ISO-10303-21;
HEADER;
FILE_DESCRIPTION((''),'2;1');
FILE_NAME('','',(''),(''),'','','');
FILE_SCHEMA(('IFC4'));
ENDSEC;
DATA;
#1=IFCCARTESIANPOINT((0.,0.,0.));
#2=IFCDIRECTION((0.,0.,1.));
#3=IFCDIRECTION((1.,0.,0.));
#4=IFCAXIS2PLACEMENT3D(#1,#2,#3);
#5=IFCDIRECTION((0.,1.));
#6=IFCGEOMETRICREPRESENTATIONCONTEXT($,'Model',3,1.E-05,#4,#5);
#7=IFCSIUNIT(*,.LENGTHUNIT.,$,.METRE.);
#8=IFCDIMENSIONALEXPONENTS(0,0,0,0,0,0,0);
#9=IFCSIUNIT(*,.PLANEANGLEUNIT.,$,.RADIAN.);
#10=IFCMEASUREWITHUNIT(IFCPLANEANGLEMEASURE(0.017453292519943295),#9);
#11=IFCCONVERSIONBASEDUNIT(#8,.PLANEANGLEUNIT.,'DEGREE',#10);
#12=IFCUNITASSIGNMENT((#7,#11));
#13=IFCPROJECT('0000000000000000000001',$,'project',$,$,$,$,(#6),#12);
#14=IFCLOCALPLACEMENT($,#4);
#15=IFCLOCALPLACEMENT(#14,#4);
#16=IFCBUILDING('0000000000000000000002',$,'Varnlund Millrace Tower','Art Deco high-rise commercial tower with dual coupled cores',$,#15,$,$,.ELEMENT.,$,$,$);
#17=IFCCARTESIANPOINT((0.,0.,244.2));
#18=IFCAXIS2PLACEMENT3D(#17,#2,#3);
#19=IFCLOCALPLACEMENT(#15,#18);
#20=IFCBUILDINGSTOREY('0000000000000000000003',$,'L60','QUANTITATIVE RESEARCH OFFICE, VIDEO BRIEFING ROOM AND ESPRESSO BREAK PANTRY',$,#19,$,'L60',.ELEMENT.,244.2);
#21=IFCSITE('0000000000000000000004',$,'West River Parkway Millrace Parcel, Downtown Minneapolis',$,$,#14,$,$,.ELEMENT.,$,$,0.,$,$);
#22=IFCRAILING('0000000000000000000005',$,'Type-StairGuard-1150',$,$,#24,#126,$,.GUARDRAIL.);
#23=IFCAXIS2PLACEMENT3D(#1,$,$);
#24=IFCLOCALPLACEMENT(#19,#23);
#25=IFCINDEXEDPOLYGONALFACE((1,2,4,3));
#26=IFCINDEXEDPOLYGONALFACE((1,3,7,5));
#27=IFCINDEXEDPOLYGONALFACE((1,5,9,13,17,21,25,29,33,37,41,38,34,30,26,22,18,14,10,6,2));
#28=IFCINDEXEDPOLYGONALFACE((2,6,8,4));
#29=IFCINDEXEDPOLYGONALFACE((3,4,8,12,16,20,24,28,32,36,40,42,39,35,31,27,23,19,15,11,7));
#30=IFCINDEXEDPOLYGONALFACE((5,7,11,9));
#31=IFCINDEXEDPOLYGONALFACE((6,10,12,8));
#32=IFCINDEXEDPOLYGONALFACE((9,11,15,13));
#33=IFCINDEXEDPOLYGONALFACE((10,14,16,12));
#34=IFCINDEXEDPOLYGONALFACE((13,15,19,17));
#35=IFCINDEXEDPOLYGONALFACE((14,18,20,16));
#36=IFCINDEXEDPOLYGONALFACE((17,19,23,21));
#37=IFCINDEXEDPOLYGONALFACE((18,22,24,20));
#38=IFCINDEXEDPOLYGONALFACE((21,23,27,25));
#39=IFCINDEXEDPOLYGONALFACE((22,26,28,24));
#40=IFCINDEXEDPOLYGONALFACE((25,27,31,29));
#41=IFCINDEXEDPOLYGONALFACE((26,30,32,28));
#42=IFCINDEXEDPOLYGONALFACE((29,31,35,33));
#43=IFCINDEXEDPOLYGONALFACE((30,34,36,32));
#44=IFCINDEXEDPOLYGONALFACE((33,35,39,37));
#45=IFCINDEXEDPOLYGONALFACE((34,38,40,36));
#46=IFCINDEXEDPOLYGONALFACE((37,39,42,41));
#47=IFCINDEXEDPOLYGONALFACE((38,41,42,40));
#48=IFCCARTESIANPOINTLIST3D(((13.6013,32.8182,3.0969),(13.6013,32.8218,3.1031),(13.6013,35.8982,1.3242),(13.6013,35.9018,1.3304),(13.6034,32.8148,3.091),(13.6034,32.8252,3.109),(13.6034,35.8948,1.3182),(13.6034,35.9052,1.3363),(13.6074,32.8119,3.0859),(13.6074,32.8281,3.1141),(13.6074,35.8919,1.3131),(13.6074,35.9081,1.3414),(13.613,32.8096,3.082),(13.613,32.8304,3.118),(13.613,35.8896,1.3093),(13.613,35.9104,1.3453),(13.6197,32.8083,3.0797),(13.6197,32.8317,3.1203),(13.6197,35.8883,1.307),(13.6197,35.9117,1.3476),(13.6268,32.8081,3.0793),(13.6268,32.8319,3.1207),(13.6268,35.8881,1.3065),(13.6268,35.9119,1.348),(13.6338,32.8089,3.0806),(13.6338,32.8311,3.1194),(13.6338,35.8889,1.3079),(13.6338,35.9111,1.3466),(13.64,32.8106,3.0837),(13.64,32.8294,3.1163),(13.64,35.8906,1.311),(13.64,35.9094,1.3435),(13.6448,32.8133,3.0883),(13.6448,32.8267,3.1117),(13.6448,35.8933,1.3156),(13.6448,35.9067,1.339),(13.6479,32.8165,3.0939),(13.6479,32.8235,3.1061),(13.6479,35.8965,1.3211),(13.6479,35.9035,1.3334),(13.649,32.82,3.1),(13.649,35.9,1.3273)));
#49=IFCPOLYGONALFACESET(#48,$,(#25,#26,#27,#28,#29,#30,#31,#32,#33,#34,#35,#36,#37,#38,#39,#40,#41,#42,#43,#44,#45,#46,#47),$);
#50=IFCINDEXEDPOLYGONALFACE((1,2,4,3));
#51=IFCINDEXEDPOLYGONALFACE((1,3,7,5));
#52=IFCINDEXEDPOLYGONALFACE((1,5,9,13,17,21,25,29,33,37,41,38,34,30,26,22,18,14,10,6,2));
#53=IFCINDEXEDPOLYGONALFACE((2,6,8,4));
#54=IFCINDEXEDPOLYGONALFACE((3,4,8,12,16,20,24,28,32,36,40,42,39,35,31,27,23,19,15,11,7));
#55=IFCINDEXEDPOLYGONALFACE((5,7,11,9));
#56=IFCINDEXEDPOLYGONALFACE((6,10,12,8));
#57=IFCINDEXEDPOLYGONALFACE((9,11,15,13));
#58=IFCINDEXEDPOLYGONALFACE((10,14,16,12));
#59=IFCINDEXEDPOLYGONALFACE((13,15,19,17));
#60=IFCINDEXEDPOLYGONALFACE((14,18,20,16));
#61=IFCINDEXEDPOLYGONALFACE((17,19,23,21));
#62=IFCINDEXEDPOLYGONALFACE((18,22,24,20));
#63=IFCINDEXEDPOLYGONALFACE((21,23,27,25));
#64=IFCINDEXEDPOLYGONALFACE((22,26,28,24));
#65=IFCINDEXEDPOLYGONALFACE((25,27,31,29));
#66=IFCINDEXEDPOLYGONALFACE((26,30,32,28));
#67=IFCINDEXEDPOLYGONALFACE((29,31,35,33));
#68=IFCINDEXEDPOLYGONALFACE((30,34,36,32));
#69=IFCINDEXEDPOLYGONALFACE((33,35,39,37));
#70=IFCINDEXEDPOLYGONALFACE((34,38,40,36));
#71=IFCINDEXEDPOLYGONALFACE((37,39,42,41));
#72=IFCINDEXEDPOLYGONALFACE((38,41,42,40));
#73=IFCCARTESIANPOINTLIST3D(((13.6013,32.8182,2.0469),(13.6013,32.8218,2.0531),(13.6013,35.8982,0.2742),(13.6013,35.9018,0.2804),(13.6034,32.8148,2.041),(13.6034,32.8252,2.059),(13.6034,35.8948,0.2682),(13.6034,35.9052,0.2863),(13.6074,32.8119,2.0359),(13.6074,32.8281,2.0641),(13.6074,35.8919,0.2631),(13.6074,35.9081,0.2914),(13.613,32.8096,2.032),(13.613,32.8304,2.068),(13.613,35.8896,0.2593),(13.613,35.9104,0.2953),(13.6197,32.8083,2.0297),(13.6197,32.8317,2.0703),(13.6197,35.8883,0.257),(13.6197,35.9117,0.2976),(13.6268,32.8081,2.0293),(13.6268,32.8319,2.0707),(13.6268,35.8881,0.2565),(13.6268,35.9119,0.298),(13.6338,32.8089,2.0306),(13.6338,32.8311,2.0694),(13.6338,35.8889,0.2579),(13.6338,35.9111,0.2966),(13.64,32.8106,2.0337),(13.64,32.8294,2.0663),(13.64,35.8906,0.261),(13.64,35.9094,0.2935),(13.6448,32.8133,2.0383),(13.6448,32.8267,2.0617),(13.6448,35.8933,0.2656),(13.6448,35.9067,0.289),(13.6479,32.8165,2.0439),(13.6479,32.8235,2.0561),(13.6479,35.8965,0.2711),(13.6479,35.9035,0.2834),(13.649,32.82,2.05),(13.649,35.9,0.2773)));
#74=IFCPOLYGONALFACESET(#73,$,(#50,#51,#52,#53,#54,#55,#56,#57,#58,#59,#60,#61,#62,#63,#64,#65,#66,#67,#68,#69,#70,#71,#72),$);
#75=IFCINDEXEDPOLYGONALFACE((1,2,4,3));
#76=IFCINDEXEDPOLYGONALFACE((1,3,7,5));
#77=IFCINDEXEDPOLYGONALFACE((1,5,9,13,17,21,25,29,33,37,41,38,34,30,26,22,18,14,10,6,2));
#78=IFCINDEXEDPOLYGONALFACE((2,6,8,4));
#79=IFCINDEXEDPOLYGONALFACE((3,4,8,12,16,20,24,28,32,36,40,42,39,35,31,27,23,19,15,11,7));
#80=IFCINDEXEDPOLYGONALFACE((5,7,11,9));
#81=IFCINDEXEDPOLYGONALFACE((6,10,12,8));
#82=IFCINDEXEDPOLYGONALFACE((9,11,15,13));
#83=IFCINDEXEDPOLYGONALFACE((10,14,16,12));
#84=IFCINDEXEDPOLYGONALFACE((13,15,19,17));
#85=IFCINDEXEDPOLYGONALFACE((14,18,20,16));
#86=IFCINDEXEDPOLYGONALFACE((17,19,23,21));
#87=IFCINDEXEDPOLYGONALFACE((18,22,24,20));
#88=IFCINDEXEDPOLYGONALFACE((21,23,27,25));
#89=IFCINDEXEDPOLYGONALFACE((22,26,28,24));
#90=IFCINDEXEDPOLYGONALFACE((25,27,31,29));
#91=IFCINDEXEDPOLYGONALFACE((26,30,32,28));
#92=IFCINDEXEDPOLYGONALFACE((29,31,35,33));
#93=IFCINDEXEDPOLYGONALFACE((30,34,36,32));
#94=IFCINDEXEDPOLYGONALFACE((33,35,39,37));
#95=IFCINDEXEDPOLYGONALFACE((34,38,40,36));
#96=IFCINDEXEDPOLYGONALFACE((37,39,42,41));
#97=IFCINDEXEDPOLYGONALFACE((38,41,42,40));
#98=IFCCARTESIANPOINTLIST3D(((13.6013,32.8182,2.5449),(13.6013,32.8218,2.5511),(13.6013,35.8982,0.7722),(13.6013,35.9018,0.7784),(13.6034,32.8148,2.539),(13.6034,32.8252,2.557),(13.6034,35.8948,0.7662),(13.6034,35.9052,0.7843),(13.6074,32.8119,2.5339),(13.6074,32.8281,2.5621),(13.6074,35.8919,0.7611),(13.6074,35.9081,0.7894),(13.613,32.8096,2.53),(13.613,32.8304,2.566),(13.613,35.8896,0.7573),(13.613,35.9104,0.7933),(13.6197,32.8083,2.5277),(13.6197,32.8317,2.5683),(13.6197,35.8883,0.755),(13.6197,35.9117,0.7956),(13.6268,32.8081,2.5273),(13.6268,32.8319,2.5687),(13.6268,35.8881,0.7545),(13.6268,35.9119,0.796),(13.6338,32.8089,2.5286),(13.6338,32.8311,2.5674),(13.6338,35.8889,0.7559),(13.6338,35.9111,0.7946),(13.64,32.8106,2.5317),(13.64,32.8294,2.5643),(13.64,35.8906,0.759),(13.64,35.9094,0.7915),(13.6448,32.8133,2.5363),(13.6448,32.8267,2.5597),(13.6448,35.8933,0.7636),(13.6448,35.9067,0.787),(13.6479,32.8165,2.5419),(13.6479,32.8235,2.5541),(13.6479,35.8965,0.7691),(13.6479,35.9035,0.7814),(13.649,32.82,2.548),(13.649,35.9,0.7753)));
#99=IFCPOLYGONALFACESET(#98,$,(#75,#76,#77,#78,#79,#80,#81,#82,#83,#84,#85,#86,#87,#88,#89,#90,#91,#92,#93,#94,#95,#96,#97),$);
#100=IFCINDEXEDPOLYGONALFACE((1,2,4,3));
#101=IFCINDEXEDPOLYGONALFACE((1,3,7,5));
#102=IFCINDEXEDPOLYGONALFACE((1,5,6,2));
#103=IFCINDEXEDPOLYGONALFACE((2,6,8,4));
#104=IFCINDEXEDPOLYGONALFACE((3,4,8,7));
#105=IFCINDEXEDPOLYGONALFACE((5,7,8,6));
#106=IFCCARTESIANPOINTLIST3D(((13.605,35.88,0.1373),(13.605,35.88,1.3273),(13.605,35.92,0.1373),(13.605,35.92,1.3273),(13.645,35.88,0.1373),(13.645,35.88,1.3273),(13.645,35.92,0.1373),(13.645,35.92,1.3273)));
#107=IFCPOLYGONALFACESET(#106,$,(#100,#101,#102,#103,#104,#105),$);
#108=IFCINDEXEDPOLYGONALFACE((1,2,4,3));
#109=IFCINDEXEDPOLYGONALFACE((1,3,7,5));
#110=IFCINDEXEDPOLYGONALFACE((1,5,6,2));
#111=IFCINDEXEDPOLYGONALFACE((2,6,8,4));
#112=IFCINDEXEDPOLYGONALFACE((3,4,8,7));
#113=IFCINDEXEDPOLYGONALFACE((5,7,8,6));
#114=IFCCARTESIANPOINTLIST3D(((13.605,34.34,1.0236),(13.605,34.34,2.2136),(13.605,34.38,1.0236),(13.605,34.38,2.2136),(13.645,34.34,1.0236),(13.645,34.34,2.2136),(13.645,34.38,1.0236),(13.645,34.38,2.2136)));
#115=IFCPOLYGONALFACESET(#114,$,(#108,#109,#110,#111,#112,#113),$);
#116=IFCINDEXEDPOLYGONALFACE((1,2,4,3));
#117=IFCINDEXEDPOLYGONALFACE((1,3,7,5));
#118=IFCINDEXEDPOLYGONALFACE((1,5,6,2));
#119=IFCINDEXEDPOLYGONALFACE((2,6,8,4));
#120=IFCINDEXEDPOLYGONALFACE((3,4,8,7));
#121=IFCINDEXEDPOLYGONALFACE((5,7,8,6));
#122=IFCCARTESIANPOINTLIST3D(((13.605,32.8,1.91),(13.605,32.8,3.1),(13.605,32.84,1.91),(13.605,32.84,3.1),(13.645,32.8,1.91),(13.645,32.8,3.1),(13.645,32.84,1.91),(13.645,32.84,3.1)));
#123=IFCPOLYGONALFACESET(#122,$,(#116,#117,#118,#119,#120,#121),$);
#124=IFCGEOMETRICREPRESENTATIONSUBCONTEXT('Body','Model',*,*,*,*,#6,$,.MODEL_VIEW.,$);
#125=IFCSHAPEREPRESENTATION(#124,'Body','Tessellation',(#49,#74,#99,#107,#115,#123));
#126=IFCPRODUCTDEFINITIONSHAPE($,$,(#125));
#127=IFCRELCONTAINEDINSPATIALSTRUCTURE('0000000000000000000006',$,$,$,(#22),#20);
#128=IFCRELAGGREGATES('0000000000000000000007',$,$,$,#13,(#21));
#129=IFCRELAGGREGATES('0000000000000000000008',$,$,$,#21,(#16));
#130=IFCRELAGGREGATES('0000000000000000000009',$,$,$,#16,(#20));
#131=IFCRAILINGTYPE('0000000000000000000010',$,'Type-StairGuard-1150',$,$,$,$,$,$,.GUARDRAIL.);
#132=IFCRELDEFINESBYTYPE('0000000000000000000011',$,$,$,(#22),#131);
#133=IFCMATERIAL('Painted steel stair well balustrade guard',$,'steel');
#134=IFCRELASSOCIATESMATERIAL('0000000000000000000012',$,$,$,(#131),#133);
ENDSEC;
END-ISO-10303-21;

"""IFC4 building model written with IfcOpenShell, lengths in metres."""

from ifc_helpers import new_model, entity, si_unit, converted_unit, direction, frame, origin_with_axes, origin_2d_with_axis, place, context, subcontext, project, spatial, rectangle, circle, extrude, material, type_object, element, save


model = new_model("IFC4")

# Units and contexts
model_context = context("Model", 3, precision=1e-05, world=origin_with_axes(), true_north=direction((0.0, 1.0)))
body_context = subcontext(model_context, "Body", "Model", "MODEL_VIEW")
ifc_project = project(units=[si_unit("LENGTHUNIT", "METRE"), converted_unit("PLANEANGLEUNIT", "DEGREE", entity("IfcPlaneAngleMeasure", 0.017453292519943295), si_unit("PLANEANGLEUNIT", "RADIAN"), dimensions=[0, 0, 0, 0, 0, 0, 0])], contexts=[model_context])

# Site, building, storey
site_placement = place(None, origin_with_axes())
site = spatial("IfcSite", under=ifc_project, at=site_placement, Name="West River Parkway Millrace Parcel, Downtown Minneapolis", CompositionType="ELEMENT", RefElevation=0.0)
building_placement = place(site_placement, origin_with_axes())
building = spatial("IfcBuilding", under=site, at=building_placement, Name="Varnlund Millrace Tower", Description="Art Deco high-rise commercial tower with dual coupled cores", CompositionType="ELEMENT")
storey_placement = place(building_placement, frame((0.0, 0.0, 244.2), z_axis=(0.0, 0.0, 1.0), x_axis=(1.0, 0.0, 0.0)))
storey = spatial("IfcBuildingStorey", under=building, at=storey_placement, Name="L60", Description="QUANTITATIVE RESEARCH OFFICE, VIDEO BRIEFING ROOM AND ESPRESSO BREAK PANTRY", LongName="L60", CompositionType="ELEMENT", Elevation=244.2)

# Railing
ifc_material_1 = material(Name="Painted steel stair well balustrade guard", Category="steel")
railing_type_1 = type_object("IfcRailingType", Name="Type-StairGuard-1150", PredefinedType="GUARDRAIL", material=ifc_material_1)
railing_1_placement = place(storey_placement, frame((0.0, 0.0, -244.2), z_axis=(0.0, 0.0, 1.0), x_axis=(1.0, 0.0, 0.0)))
element("IfcRailing", 1, at=railing_1_placement, inside=storey, type_object=railing_type_1, Name="Type-StairGuard-1150", PredefinedType="GUARDRAIL", context=body_context, shape_type="SweptSolid", body=[
    extrude(circle(Radius=0.024, at=origin_2d_with_axis()), frame((13.625, 35.9, 245.5273), z_axis=(0.0, -0.866696, 0.498836), x_axis=(1.0, 0.0, 0.0)), (0.0, 0.0, 1.0), 3.5537),
    extrude(circle(Radius=0.024, at=origin_2d_with_axis()), frame((13.625, 35.9, 244.4773), z_axis=(0.0, -0.866696, 0.498836), x_axis=(1.0, 0.0, 0.0)), (0.0, 0.0, 1.0), 3.5537),
    extrude(circle(Radius=0.024, at=origin_2d_with_axis()), frame((13.625, 35.9, 244.9753), z_axis=(0.0, -0.866696, 0.498836), x_axis=(1.0, 0.0, 0.0)), (0.0, 0.0, 1.0), 3.5537),
    extrude(rectangle(XDim=0.04, YDim=0.04, at=origin_2d_with_axis()), frame((13.625, 35.9, 244.3373), z_axis=(0.0, 0.0, 1.0), x_axis=(1.0, 0.0, 0.0)), (0.0, 0.0, 1.0), 1.19),
    extrude(rectangle(XDim=0.04, YDim=0.04, at=origin_2d_with_axis()), frame((13.625, 34.36, 245.2236), z_axis=(0.0, 0.0, 1.0), x_axis=(1.0, 0.0, 0.0)), (0.0, 0.0, 1.0), 1.19),
    extrude(rectangle(XDim=0.04, YDim=0.04, at=origin_2d_with_axis()), frame((13.625, 32.82, 246.11), z_axis=(0.0, 0.0, 1.0), x_axis=(1.0, 0.0, 0.0)), (0.0, 0.0, 1.0), 1.19),
])

save(model, "model.ifc")
